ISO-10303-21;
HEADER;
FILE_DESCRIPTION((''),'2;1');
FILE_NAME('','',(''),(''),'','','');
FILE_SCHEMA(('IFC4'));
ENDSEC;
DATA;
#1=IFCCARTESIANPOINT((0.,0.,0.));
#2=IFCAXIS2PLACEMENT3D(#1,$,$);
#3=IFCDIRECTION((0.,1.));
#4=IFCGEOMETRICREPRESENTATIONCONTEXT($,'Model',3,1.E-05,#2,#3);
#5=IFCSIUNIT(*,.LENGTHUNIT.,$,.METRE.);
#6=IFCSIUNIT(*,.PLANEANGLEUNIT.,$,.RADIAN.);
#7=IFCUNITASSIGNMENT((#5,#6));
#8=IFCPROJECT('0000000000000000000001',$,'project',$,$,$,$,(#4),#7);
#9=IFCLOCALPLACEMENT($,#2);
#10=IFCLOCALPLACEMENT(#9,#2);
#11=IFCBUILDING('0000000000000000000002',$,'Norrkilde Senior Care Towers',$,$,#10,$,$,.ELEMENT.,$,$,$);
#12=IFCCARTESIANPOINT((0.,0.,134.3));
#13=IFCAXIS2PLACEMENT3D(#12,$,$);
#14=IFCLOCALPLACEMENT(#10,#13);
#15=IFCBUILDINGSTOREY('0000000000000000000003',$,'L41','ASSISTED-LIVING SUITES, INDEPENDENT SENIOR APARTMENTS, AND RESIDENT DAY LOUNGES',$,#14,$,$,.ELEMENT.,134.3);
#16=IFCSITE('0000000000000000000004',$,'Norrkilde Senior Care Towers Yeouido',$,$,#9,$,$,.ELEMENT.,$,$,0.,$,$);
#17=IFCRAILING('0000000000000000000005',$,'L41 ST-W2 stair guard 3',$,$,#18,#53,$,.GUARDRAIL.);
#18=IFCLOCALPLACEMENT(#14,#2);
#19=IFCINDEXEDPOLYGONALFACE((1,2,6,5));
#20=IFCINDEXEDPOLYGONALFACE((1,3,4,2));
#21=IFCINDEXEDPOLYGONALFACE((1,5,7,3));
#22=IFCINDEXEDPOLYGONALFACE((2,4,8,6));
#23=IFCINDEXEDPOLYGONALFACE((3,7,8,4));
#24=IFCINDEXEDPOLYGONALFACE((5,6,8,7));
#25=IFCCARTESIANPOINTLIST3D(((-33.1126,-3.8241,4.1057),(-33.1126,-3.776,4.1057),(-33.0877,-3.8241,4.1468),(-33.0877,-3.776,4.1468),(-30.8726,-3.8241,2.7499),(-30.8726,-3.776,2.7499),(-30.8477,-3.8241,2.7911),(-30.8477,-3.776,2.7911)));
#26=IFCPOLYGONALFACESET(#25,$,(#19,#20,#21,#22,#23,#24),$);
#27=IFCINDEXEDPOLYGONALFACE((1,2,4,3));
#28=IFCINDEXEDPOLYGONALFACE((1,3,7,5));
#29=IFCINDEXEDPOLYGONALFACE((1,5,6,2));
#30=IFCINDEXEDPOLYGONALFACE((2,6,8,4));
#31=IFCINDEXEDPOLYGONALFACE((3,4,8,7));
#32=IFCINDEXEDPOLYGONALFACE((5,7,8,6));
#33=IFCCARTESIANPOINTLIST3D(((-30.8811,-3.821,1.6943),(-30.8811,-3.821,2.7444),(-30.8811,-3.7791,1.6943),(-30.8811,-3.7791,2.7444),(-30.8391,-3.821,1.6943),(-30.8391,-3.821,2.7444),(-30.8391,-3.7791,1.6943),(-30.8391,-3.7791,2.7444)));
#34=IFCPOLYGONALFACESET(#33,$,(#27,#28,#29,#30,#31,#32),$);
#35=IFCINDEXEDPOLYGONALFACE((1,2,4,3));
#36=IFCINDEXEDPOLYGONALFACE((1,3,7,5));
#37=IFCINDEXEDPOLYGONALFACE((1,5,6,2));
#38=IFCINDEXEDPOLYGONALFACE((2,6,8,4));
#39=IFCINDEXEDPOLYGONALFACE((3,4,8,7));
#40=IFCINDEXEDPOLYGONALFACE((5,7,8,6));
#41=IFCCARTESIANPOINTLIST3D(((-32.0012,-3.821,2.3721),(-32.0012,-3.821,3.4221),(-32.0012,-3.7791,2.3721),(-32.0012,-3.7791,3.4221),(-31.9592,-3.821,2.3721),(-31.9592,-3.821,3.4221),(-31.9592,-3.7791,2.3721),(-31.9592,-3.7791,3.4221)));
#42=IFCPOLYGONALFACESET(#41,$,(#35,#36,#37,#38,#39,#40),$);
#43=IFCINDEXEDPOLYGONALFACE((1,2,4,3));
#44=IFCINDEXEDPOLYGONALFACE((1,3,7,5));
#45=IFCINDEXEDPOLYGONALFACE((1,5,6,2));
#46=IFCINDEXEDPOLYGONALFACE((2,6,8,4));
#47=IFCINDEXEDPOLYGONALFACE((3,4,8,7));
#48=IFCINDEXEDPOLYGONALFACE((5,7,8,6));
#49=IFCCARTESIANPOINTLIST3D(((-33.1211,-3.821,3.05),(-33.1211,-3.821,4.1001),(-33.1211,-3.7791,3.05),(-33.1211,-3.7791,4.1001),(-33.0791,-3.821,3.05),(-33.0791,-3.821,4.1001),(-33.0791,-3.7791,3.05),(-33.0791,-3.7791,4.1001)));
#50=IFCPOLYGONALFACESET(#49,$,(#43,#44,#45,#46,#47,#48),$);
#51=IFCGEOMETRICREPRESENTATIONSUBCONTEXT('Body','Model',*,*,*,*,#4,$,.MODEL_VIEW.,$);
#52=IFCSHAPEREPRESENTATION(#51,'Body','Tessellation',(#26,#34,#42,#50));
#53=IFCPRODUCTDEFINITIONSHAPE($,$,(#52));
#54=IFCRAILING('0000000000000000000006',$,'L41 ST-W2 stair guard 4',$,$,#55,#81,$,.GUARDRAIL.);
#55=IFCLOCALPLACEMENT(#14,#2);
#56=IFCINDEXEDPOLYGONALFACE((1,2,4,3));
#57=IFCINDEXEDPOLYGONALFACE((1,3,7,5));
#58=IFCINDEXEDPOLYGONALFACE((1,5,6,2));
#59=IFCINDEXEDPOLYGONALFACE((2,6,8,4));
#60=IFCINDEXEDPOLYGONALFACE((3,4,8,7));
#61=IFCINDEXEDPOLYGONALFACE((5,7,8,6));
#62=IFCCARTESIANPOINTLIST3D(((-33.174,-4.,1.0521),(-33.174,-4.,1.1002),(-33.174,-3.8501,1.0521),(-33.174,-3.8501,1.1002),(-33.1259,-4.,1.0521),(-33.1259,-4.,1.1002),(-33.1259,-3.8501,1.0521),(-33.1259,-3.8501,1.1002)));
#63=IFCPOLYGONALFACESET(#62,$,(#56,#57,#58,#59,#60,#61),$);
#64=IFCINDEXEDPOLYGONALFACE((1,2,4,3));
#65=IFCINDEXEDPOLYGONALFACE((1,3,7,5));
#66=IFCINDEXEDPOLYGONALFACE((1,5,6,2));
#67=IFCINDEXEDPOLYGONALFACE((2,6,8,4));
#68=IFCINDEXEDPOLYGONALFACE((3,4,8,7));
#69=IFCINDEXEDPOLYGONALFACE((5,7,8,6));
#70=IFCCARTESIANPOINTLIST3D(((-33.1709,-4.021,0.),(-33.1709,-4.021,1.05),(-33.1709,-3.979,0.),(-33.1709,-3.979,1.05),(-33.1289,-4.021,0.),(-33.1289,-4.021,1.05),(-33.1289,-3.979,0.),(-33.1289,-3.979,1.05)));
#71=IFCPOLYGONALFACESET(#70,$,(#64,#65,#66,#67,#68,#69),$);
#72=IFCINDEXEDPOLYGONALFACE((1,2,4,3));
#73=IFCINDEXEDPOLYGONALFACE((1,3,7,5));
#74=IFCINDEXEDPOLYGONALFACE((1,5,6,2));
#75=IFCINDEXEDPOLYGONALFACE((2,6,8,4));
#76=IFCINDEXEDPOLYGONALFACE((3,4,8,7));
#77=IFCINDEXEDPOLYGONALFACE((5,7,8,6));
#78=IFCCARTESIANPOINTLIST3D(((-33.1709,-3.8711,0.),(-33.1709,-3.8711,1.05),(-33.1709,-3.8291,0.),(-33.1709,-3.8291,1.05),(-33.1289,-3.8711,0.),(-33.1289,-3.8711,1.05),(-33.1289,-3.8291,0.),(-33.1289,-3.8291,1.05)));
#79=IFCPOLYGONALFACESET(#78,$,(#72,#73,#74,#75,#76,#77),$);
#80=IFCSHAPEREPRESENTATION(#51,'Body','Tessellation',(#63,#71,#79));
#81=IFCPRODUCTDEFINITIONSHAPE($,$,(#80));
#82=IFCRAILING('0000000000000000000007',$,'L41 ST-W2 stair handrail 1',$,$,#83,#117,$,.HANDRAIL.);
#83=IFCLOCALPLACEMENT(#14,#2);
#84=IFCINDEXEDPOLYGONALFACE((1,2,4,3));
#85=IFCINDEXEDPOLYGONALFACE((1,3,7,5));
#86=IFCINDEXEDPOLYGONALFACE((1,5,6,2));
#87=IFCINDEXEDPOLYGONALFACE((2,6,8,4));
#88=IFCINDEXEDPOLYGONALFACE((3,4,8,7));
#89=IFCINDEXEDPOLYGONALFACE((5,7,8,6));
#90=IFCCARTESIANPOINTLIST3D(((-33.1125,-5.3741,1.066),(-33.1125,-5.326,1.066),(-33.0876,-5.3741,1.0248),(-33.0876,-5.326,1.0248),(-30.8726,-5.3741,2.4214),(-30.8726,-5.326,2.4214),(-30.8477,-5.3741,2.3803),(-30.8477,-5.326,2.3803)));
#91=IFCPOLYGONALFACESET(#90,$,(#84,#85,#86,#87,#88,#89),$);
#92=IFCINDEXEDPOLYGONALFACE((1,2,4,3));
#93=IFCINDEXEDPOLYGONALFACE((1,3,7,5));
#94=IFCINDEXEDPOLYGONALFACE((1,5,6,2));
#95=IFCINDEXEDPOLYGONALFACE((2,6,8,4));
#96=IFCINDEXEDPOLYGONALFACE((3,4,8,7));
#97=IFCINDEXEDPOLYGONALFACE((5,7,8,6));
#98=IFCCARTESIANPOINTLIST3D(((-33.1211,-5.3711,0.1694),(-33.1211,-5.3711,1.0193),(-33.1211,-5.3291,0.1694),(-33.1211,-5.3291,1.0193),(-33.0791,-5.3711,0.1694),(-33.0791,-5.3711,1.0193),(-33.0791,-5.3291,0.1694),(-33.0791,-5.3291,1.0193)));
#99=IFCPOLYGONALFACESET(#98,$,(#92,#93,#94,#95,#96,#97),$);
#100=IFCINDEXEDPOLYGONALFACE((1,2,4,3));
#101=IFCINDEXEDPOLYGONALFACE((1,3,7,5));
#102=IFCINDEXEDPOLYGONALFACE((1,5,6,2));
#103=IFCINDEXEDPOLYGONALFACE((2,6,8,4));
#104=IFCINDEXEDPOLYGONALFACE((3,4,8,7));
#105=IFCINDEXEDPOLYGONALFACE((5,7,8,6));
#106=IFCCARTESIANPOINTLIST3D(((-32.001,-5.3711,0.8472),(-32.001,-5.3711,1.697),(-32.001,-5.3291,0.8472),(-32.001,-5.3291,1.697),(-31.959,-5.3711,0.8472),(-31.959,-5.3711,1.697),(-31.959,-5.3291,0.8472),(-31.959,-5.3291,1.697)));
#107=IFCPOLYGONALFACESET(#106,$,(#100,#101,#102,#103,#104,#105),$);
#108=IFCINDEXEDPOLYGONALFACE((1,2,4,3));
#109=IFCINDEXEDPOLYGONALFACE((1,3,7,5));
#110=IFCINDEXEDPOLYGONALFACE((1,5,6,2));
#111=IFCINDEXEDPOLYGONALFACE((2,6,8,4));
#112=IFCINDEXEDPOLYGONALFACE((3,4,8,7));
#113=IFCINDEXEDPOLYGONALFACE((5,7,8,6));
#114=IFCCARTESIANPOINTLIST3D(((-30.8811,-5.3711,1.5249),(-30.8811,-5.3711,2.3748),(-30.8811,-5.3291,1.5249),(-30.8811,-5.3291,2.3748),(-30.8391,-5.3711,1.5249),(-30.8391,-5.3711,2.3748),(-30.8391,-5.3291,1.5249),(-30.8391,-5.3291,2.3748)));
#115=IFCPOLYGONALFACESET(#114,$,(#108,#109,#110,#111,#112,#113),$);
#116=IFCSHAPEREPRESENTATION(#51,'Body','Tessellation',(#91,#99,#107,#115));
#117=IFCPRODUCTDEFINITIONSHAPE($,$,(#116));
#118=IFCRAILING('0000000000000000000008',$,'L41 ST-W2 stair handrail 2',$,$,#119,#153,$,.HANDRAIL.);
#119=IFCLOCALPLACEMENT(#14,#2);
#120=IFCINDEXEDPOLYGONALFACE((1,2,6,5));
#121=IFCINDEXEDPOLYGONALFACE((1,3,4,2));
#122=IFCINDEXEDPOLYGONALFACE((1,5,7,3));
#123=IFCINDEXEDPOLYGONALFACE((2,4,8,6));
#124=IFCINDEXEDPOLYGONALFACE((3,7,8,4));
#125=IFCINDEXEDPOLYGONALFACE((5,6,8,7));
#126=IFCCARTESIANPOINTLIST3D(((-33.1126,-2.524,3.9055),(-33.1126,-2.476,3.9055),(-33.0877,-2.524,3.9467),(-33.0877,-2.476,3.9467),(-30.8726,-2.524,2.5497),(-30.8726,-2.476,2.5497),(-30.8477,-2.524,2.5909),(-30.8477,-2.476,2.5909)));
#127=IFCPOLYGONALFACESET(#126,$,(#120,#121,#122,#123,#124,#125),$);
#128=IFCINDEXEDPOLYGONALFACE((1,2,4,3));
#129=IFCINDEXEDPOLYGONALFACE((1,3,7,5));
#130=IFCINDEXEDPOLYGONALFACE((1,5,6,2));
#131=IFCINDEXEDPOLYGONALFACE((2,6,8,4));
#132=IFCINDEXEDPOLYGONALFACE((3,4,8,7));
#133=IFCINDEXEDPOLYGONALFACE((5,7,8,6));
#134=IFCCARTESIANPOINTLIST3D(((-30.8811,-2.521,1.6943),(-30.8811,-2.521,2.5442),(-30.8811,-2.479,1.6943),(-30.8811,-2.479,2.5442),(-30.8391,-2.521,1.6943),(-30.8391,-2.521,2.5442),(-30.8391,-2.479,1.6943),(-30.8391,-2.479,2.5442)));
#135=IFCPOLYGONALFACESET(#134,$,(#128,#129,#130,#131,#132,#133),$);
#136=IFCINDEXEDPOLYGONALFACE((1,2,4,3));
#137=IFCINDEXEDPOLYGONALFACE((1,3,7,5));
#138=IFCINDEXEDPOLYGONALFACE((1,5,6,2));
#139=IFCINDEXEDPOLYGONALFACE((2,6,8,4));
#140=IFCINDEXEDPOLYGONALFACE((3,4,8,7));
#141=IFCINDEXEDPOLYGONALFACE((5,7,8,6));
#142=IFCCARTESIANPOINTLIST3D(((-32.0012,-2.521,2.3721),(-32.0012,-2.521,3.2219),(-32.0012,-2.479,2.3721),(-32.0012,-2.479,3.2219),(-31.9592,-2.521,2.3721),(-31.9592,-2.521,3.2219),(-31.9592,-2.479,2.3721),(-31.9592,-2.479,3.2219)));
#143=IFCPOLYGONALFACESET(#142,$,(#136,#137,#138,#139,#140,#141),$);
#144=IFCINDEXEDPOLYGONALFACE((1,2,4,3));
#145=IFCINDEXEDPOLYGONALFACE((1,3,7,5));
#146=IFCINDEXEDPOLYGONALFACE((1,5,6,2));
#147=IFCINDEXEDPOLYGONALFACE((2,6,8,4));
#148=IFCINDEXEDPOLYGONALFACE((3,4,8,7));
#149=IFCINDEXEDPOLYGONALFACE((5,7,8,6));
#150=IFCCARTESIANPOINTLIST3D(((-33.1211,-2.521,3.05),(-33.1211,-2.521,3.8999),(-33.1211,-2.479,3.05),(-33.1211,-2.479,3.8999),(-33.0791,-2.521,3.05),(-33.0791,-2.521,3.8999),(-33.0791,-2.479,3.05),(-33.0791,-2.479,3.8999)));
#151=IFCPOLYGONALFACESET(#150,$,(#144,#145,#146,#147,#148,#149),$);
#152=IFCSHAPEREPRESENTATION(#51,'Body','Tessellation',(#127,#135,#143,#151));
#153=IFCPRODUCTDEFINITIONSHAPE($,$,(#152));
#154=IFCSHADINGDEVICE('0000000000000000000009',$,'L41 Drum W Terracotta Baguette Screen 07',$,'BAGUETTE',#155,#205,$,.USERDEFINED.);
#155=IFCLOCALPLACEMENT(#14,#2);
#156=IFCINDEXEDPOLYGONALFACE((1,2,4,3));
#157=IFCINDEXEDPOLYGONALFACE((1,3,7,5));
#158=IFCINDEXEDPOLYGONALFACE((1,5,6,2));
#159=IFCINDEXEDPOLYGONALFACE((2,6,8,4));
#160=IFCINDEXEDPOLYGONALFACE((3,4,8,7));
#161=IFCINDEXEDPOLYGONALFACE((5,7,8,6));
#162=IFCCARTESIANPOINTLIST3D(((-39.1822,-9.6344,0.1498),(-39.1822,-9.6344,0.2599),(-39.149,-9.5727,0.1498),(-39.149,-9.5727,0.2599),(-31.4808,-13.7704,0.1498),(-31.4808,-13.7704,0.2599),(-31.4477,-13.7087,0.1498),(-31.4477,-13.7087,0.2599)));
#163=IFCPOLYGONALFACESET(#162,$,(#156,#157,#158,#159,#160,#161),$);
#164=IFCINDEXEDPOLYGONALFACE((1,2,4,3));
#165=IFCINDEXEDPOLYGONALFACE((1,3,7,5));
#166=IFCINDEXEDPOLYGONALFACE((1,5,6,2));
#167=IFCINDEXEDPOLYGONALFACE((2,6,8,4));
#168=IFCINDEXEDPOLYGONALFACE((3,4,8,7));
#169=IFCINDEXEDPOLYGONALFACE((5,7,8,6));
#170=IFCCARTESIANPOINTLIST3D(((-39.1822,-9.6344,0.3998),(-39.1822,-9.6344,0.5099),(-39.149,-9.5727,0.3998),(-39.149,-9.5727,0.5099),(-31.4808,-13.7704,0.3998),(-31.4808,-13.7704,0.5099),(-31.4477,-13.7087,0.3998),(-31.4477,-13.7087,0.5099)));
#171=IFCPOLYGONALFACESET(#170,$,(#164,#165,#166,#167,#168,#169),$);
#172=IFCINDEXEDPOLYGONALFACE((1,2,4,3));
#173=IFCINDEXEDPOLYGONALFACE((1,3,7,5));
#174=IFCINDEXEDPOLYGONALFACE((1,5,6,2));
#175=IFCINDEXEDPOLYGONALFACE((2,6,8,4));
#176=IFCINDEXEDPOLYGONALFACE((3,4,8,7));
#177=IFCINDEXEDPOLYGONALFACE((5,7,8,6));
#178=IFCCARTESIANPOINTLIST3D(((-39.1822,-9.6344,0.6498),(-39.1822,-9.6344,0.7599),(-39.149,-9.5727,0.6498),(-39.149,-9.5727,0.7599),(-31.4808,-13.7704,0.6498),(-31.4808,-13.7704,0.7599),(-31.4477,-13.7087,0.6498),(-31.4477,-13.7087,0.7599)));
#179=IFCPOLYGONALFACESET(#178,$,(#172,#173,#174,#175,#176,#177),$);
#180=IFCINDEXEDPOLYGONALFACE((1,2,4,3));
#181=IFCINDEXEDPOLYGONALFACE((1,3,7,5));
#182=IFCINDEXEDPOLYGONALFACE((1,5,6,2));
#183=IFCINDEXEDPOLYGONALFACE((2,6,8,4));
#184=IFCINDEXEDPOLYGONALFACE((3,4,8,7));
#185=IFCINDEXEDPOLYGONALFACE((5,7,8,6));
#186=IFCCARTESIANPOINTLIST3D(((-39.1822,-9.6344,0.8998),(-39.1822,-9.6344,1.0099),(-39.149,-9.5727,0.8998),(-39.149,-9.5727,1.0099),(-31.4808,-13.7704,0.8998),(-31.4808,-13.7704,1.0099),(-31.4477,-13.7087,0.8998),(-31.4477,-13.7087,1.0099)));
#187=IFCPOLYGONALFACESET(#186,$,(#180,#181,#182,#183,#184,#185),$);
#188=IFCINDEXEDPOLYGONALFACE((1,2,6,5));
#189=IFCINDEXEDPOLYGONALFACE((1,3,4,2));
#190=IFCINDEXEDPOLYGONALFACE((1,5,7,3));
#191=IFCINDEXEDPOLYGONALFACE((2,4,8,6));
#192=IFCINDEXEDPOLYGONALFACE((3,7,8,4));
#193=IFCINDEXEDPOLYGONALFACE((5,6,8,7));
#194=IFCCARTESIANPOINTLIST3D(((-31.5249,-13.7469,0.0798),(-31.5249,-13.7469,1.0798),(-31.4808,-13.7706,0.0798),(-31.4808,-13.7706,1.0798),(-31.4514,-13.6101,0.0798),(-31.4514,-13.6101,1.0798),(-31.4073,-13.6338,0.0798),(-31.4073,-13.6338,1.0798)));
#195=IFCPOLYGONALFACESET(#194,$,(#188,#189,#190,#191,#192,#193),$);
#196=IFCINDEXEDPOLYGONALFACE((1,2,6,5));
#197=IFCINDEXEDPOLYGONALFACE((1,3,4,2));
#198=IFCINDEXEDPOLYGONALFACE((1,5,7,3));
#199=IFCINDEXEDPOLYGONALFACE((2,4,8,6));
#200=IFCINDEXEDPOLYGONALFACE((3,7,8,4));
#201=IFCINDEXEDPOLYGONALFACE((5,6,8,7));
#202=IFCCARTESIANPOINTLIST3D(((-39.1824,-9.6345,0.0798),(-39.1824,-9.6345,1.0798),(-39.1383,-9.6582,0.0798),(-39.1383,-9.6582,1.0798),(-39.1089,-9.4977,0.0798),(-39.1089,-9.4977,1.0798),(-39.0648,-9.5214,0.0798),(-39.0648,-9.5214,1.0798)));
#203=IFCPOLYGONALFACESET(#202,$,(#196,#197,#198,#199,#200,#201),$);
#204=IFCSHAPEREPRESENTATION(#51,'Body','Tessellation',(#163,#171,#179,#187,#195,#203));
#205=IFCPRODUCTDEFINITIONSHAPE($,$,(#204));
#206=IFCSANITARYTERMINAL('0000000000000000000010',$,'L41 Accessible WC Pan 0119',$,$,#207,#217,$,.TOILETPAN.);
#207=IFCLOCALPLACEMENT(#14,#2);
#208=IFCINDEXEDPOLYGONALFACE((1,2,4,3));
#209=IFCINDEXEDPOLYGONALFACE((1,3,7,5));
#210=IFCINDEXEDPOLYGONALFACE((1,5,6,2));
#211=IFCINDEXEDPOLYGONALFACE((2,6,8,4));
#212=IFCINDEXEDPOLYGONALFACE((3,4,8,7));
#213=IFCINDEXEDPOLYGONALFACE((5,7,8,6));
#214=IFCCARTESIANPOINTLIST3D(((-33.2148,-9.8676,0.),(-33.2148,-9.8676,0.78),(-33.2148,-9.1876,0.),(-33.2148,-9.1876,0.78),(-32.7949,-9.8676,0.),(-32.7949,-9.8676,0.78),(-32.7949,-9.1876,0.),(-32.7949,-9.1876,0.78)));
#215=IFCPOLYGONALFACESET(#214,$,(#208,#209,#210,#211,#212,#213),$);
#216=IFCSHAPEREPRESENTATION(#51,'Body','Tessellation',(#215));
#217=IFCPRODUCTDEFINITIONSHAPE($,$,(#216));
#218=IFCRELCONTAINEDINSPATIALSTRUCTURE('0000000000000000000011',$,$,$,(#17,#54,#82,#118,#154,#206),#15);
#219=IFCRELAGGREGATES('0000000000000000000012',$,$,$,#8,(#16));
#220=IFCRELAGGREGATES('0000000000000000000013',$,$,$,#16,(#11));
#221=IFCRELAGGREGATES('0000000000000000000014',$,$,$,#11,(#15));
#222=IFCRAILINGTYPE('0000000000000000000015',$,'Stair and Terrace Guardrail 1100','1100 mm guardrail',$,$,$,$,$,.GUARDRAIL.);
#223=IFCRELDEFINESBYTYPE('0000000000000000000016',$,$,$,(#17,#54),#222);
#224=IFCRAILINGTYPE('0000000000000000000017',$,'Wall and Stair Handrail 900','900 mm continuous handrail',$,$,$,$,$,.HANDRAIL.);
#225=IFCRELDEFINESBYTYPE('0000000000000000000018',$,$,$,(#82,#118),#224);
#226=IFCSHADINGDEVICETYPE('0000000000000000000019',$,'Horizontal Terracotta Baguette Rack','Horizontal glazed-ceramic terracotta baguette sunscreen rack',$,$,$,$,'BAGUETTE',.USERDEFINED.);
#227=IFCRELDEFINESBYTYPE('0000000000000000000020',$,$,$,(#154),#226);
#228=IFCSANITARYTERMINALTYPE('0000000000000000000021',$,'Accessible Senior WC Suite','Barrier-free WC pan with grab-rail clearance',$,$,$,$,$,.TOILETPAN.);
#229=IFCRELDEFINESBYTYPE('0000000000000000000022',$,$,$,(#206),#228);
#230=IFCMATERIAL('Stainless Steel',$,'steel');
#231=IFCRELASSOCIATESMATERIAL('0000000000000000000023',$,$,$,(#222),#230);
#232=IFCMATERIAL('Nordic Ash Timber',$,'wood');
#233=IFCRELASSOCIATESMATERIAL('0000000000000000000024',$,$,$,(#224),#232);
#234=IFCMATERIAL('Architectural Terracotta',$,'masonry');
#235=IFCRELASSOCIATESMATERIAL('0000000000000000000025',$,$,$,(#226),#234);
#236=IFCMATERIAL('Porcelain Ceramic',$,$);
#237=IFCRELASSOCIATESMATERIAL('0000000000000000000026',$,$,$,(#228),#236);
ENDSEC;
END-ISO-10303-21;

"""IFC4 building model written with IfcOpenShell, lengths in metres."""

from ifc_helpers import new_model, si_unit, direction, frame, origin, origin_2d, place, context, subcontext, project, spatial, rectangle, extrude, source, transform, mapped, material, type_object, type_shapes, element, save


model = new_model("IFC4")

# Units and contexts
model_context = context("Model", 3, precision=1e-05, world=origin(), true_north=direction((0.0, 1.0)))
body_context = subcontext(model_context, "Body", "Model", "MODEL_VIEW")
ifc_project = project(units=[si_unit("LENGTHUNIT", "METRE"), si_unit("PLANEANGLEUNIT", "RADIAN")], contexts=[model_context])

# Site, building, storey
site_placement = place(None, origin())
site = spatial("IfcSite", under=ifc_project, at=site_placement, Name="Norrkilde Senior Care Towers Yeouido", CompositionType="ELEMENT", RefElevation=0.0)
building_placement = place(site_placement, origin())
building = spatial("IfcBuilding", under=site, at=building_placement, Name="Norrkilde Senior Care Towers", CompositionType="ELEMENT")
storey_placement = place(building_placement, frame((0.0, 0.0, 134.3)))
storey = spatial("IfcBuildingStorey", under=building, at=storey_placement, Name="L41", Description="ASSISTED-LIVING SUITES, INDEPENDENT SENIOR APARTMENTS, AND RESIDENT DAY LOUNGES", CompositionType="ELEMENT", Elevation=134.3)

# Shared definitions
ifc_material_1 = material(Name="Stainless Steel", Category="steel")

# Shared definitions
ifc_material_2 = material(Name="Nordic Ash Timber", Category="wood")

# Railings
railing_type_1 = type_object("IfcRailingType", Name="Stair and Terrace Guardrail 1100", Description="1100 mm guardrail", PredefinedType="GUARDRAIL", material=ifc_material_1)
railing_1_placement = place(storey_placement, frame((-30.8601, -3.8, 1.6943)))
element("IfcRailing", 1, at=railing_1_placement, inside=storey, type_object=railing_type_1, Name="L41 ST-W2 stair guard 3", PredefinedType="GUARDRAIL", context=body_context, shape_type="SweptSolid", body=[
    extrude(rectangle(XDim=0.0481, YDim=0.0481, at=origin_2d()), frame((0.0, 0.0, 1.0762), z_axis=(-0.855512, 0.0, 0.517783), x_axis=(0.0, -1.0, 0.0)), (0.0, 0.0, 1.0), 2.6184),
    extrude(rectangle(XDim=0.042, YDim=0.042, at=origin_2d()), origin(), (0.0, 0.0, 1.0), 1.05),
    extrude(rectangle(XDim=0.042, YDim=0.042, at=origin_2d()), frame((-1.1201, 0.0, 0.6777)), (0.0, 0.0, 1.0), 1.05),
    extrude(rectangle(XDim=0.042, YDim=0.042, at=origin_2d()), frame((-2.24, 0.0, 1.3557)), (0.0, 0.0, 1.0), 1.05),
])
railing_2_placement = place(storey_placement, frame((-33.1499, -4.0, 0.0)))
element("IfcRailing", 2, at=railing_2_placement, inside=storey, type_object=railing_type_1, Name="L41 ST-W2 stair guard 4", PredefinedType="GUARDRAIL", context=body_context, shape_type="SweptSolid", body=[
    extrude(rectangle(XDim=0.0481, YDim=0.0481, at=origin_2d()), frame((0.0, 0.0, 1.0762), z_axis=(0.0, 1.0, 0.0), x_axis=(-1.0, 0.0, 0.0)), (0.0, 0.0, 1.0), 0.1499),
    extrude(rectangle(XDim=0.042, YDim=0.042, at=origin_2d()), origin(), (0.0, 0.0, 1.0), 1.05),
    extrude(rectangle(XDim=0.042, YDim=0.042, at=origin_2d()), frame((0.0, 0.1499, 0.0)), (0.0, 0.0, 1.0), 1.05),
])
railing_type_2 = type_object("IfcRailingType", Name="Wall and Stair Handrail 900", Description="900 mm continuous handrail", PredefinedType="HANDRAIL", material=ifc_material_2)
railing_3_placement = place(storey_placement, frame((-33.1001, -5.3501, 0.1694)))
element("IfcRailing", 3, at=railing_3_placement, inside=storey, type_object=railing_type_2, Name="L41 ST-W2 stair handrail 1", PredefinedType="HANDRAIL", context=body_context, shape_type="SweptSolid", body=[
    extrude(rectangle(XDim=0.0481, YDim=0.0481, at=origin_2d()), frame((0.0, 0.0, 0.876), z_axis=(0.855553, 0.0, 0.517715), x_axis=(0.0, 1.0, 0.0)), (0.0, 0.0, 1.0), 2.6182),
    extrude(rectangle(XDim=0.042, YDim=0.042, at=origin_2d()), origin(), (0.0, 0.0, 1.0), 0.8499),
    extrude(rectangle(XDim=0.042, YDim=0.042, at=origin_2d()), frame((1.1201, 0.0, 0.6777)), (0.0, 0.0, 1.0), 0.8499),
    extrude(rectangle(XDim=0.042, YDim=0.042, at=origin_2d()), frame((2.24, 0.0, 1.3555)), (0.0, 0.0, 1.0), 0.8499),
])
railing_4_placement = place(storey_placement, frame((-30.8601, -2.5, 1.6943)))
element("IfcRailing", 4, at=railing_4_placement, inside=storey, type_object=railing_type_2, Name="L41 ST-W2 stair handrail 2", PredefinedType="HANDRAIL", context=body_context, shape_type="SweptSolid", body=[
    extrude(rectangle(XDim=0.0481, YDim=0.0481, at=origin_2d()), frame((0.0, 0.0, 0.876), z_axis=(-0.855512, 0.0, 0.517783), x_axis=(0.0, -1.0, 0.0)), (0.0, 0.0, 1.0), 2.6184),
    extrude(rectangle(XDim=0.042, YDim=0.042, at=origin_2d()), origin(), (0.0, 0.0, 1.0), 0.8499),
    extrude(rectangle(XDim=0.042, YDim=0.042, at=origin_2d()), frame((-1.1201, 0.0, 0.6777)), (0.0, 0.0, 1.0), 0.8499),
    extrude(rectangle(XDim=0.042, YDim=0.042, at=origin_2d()), frame((-2.24, 0.0, 1.3557)), (0.0, 0.0, 1.0), 0.8499),
])

# Shading device
ifc_material_3 = material(Name="Architectural Terracotta", Category="masonry")
shading_device_type = type_object("IfcShadingDeviceType", Name="Horizontal Terracotta Baguette Rack", Description="Horizontal glazed-ceramic terracotta baguette sunscreen rack", ElementType="BAGUETTE", PredefinedType="USERDEFINED", material=ifc_material_3)
shared_shape_1 = source(origin(), body_context, "Body", "SweptSolid", [
    extrude(rectangle(XDim=0.0701, YDim=0.1101, at=origin_2d()), frame((0.0, 0.0901, 0.125), z_axis=(1.0, 0.0, 0.0), x_axis=(0.0, 1.0, 0.0)), (0.0, 0.0, 1.0), 8.7417),
    extrude(rectangle(XDim=0.0701, YDim=0.1101, at=origin_2d()), frame((0.0, 0.0901, 0.375), z_axis=(1.0, 0.0, 0.0), x_axis=(0.0, 1.0, 0.0)), (0.0, 0.0, 1.0), 8.7417),
    extrude(rectangle(XDim=0.0701, YDim=0.1101, at=origin_2d()), frame((0.0, 0.0901, 0.625), z_axis=(1.0, 0.0, 0.0), x_axis=(0.0, 1.0, 0.0)), (0.0, 0.0, 1.0), 8.7417),
    extrude(rectangle(XDim=0.0701, YDim=0.1101, at=origin_2d()), frame((0.0, 0.0901, 0.875), z_axis=(1.0, 0.0, 0.0), x_axis=(0.0, 1.0, 0.0)), (0.0, 0.0, 1.0), 8.7417),
    extrude(rectangle(XDim=0.05, YDim=0.1553, at=origin_2d()), frame((0.0249, 0.0476, 0.0)), (0.0, 0.0, 1.0), 1.0),
    extrude(rectangle(XDim=0.05, YDim=0.1553, at=origin_2d()), frame((8.7168, 0.0476, 0.0)), (0.0, 0.0, 1.0), 1.0),
])
type_shapes(shading_device_type, [shared_shape_1])
shading_device_placement = place(storey_placement, frame((-31.4216, -13.6602, 0.0798), z_axis=(0.0, 0.0, 1.0), x_axis=(-0.880998, 0.473133, 0.0)))
element("IfcShadingDevice", 5, at=shading_device_placement, inside=storey, type_object=shading_device_type, Name="L41 Drum W Terracotta Baguette Screen 07", ObjectType="BAGUETTE", PredefinedType="USERDEFINED", context=body_context, shape_type="MappedRepresentation", body=[
    mapped(shared_shape_1, transform((0.0, 0.0, 0.0), x_axis=(1.0, 0.0, 0.0), y_axis=(0.0, 1.0, 0.0), z_axis=(0.0, 0.0, 1.0), scale=1.0)),
])

# Sanitary terminal
ifc_material_4 = material(Name="Porcelain Ceramic")
sanitary_terminal_type_1 = type_object("IfcSanitaryTerminalType", Name="Accessible Senior WC Suite", Description="Barrier-free WC pan with grab-rail clearance", PredefinedType="TOILETPAN", material=ifc_material_4)
shared_shape_2 = source(origin(), body_context, "Body", "SweptSolid", [
    extrude(rectangle(XDim=0.4199, YDim=0.6799, at=origin_2d()), origin(), (0.0, 0.0, 1.0), 0.78),
])
type_shapes(sanitary_terminal_type_1, [shared_shape_2])
sanitary_terminal_1_placement = place(storey_placement, frame((-33.0049, -9.5276, 0.0), z_axis=(0.0, 0.0, 1.0), x_axis=(1.0, 0.0, 0.0)))
element("IfcSanitaryTerminal", 6, at=sanitary_terminal_1_placement, inside=storey, type_object=sanitary_terminal_type_1, Name="L41 Accessible WC Pan 0119", PredefinedType="TOILETPAN", context=body_context, shape_type="MappedRepresentation", body=[
    mapped(shared_shape_2, transform((0.0, 0.0, 0.0), x_axis=(1.0, 0.0, 0.0), y_axis=(0.0, 1.0, 0.0), z_axis=(0.0, 0.0, 1.0), scale=1.0)),
])

save(model, "model.ifc")
